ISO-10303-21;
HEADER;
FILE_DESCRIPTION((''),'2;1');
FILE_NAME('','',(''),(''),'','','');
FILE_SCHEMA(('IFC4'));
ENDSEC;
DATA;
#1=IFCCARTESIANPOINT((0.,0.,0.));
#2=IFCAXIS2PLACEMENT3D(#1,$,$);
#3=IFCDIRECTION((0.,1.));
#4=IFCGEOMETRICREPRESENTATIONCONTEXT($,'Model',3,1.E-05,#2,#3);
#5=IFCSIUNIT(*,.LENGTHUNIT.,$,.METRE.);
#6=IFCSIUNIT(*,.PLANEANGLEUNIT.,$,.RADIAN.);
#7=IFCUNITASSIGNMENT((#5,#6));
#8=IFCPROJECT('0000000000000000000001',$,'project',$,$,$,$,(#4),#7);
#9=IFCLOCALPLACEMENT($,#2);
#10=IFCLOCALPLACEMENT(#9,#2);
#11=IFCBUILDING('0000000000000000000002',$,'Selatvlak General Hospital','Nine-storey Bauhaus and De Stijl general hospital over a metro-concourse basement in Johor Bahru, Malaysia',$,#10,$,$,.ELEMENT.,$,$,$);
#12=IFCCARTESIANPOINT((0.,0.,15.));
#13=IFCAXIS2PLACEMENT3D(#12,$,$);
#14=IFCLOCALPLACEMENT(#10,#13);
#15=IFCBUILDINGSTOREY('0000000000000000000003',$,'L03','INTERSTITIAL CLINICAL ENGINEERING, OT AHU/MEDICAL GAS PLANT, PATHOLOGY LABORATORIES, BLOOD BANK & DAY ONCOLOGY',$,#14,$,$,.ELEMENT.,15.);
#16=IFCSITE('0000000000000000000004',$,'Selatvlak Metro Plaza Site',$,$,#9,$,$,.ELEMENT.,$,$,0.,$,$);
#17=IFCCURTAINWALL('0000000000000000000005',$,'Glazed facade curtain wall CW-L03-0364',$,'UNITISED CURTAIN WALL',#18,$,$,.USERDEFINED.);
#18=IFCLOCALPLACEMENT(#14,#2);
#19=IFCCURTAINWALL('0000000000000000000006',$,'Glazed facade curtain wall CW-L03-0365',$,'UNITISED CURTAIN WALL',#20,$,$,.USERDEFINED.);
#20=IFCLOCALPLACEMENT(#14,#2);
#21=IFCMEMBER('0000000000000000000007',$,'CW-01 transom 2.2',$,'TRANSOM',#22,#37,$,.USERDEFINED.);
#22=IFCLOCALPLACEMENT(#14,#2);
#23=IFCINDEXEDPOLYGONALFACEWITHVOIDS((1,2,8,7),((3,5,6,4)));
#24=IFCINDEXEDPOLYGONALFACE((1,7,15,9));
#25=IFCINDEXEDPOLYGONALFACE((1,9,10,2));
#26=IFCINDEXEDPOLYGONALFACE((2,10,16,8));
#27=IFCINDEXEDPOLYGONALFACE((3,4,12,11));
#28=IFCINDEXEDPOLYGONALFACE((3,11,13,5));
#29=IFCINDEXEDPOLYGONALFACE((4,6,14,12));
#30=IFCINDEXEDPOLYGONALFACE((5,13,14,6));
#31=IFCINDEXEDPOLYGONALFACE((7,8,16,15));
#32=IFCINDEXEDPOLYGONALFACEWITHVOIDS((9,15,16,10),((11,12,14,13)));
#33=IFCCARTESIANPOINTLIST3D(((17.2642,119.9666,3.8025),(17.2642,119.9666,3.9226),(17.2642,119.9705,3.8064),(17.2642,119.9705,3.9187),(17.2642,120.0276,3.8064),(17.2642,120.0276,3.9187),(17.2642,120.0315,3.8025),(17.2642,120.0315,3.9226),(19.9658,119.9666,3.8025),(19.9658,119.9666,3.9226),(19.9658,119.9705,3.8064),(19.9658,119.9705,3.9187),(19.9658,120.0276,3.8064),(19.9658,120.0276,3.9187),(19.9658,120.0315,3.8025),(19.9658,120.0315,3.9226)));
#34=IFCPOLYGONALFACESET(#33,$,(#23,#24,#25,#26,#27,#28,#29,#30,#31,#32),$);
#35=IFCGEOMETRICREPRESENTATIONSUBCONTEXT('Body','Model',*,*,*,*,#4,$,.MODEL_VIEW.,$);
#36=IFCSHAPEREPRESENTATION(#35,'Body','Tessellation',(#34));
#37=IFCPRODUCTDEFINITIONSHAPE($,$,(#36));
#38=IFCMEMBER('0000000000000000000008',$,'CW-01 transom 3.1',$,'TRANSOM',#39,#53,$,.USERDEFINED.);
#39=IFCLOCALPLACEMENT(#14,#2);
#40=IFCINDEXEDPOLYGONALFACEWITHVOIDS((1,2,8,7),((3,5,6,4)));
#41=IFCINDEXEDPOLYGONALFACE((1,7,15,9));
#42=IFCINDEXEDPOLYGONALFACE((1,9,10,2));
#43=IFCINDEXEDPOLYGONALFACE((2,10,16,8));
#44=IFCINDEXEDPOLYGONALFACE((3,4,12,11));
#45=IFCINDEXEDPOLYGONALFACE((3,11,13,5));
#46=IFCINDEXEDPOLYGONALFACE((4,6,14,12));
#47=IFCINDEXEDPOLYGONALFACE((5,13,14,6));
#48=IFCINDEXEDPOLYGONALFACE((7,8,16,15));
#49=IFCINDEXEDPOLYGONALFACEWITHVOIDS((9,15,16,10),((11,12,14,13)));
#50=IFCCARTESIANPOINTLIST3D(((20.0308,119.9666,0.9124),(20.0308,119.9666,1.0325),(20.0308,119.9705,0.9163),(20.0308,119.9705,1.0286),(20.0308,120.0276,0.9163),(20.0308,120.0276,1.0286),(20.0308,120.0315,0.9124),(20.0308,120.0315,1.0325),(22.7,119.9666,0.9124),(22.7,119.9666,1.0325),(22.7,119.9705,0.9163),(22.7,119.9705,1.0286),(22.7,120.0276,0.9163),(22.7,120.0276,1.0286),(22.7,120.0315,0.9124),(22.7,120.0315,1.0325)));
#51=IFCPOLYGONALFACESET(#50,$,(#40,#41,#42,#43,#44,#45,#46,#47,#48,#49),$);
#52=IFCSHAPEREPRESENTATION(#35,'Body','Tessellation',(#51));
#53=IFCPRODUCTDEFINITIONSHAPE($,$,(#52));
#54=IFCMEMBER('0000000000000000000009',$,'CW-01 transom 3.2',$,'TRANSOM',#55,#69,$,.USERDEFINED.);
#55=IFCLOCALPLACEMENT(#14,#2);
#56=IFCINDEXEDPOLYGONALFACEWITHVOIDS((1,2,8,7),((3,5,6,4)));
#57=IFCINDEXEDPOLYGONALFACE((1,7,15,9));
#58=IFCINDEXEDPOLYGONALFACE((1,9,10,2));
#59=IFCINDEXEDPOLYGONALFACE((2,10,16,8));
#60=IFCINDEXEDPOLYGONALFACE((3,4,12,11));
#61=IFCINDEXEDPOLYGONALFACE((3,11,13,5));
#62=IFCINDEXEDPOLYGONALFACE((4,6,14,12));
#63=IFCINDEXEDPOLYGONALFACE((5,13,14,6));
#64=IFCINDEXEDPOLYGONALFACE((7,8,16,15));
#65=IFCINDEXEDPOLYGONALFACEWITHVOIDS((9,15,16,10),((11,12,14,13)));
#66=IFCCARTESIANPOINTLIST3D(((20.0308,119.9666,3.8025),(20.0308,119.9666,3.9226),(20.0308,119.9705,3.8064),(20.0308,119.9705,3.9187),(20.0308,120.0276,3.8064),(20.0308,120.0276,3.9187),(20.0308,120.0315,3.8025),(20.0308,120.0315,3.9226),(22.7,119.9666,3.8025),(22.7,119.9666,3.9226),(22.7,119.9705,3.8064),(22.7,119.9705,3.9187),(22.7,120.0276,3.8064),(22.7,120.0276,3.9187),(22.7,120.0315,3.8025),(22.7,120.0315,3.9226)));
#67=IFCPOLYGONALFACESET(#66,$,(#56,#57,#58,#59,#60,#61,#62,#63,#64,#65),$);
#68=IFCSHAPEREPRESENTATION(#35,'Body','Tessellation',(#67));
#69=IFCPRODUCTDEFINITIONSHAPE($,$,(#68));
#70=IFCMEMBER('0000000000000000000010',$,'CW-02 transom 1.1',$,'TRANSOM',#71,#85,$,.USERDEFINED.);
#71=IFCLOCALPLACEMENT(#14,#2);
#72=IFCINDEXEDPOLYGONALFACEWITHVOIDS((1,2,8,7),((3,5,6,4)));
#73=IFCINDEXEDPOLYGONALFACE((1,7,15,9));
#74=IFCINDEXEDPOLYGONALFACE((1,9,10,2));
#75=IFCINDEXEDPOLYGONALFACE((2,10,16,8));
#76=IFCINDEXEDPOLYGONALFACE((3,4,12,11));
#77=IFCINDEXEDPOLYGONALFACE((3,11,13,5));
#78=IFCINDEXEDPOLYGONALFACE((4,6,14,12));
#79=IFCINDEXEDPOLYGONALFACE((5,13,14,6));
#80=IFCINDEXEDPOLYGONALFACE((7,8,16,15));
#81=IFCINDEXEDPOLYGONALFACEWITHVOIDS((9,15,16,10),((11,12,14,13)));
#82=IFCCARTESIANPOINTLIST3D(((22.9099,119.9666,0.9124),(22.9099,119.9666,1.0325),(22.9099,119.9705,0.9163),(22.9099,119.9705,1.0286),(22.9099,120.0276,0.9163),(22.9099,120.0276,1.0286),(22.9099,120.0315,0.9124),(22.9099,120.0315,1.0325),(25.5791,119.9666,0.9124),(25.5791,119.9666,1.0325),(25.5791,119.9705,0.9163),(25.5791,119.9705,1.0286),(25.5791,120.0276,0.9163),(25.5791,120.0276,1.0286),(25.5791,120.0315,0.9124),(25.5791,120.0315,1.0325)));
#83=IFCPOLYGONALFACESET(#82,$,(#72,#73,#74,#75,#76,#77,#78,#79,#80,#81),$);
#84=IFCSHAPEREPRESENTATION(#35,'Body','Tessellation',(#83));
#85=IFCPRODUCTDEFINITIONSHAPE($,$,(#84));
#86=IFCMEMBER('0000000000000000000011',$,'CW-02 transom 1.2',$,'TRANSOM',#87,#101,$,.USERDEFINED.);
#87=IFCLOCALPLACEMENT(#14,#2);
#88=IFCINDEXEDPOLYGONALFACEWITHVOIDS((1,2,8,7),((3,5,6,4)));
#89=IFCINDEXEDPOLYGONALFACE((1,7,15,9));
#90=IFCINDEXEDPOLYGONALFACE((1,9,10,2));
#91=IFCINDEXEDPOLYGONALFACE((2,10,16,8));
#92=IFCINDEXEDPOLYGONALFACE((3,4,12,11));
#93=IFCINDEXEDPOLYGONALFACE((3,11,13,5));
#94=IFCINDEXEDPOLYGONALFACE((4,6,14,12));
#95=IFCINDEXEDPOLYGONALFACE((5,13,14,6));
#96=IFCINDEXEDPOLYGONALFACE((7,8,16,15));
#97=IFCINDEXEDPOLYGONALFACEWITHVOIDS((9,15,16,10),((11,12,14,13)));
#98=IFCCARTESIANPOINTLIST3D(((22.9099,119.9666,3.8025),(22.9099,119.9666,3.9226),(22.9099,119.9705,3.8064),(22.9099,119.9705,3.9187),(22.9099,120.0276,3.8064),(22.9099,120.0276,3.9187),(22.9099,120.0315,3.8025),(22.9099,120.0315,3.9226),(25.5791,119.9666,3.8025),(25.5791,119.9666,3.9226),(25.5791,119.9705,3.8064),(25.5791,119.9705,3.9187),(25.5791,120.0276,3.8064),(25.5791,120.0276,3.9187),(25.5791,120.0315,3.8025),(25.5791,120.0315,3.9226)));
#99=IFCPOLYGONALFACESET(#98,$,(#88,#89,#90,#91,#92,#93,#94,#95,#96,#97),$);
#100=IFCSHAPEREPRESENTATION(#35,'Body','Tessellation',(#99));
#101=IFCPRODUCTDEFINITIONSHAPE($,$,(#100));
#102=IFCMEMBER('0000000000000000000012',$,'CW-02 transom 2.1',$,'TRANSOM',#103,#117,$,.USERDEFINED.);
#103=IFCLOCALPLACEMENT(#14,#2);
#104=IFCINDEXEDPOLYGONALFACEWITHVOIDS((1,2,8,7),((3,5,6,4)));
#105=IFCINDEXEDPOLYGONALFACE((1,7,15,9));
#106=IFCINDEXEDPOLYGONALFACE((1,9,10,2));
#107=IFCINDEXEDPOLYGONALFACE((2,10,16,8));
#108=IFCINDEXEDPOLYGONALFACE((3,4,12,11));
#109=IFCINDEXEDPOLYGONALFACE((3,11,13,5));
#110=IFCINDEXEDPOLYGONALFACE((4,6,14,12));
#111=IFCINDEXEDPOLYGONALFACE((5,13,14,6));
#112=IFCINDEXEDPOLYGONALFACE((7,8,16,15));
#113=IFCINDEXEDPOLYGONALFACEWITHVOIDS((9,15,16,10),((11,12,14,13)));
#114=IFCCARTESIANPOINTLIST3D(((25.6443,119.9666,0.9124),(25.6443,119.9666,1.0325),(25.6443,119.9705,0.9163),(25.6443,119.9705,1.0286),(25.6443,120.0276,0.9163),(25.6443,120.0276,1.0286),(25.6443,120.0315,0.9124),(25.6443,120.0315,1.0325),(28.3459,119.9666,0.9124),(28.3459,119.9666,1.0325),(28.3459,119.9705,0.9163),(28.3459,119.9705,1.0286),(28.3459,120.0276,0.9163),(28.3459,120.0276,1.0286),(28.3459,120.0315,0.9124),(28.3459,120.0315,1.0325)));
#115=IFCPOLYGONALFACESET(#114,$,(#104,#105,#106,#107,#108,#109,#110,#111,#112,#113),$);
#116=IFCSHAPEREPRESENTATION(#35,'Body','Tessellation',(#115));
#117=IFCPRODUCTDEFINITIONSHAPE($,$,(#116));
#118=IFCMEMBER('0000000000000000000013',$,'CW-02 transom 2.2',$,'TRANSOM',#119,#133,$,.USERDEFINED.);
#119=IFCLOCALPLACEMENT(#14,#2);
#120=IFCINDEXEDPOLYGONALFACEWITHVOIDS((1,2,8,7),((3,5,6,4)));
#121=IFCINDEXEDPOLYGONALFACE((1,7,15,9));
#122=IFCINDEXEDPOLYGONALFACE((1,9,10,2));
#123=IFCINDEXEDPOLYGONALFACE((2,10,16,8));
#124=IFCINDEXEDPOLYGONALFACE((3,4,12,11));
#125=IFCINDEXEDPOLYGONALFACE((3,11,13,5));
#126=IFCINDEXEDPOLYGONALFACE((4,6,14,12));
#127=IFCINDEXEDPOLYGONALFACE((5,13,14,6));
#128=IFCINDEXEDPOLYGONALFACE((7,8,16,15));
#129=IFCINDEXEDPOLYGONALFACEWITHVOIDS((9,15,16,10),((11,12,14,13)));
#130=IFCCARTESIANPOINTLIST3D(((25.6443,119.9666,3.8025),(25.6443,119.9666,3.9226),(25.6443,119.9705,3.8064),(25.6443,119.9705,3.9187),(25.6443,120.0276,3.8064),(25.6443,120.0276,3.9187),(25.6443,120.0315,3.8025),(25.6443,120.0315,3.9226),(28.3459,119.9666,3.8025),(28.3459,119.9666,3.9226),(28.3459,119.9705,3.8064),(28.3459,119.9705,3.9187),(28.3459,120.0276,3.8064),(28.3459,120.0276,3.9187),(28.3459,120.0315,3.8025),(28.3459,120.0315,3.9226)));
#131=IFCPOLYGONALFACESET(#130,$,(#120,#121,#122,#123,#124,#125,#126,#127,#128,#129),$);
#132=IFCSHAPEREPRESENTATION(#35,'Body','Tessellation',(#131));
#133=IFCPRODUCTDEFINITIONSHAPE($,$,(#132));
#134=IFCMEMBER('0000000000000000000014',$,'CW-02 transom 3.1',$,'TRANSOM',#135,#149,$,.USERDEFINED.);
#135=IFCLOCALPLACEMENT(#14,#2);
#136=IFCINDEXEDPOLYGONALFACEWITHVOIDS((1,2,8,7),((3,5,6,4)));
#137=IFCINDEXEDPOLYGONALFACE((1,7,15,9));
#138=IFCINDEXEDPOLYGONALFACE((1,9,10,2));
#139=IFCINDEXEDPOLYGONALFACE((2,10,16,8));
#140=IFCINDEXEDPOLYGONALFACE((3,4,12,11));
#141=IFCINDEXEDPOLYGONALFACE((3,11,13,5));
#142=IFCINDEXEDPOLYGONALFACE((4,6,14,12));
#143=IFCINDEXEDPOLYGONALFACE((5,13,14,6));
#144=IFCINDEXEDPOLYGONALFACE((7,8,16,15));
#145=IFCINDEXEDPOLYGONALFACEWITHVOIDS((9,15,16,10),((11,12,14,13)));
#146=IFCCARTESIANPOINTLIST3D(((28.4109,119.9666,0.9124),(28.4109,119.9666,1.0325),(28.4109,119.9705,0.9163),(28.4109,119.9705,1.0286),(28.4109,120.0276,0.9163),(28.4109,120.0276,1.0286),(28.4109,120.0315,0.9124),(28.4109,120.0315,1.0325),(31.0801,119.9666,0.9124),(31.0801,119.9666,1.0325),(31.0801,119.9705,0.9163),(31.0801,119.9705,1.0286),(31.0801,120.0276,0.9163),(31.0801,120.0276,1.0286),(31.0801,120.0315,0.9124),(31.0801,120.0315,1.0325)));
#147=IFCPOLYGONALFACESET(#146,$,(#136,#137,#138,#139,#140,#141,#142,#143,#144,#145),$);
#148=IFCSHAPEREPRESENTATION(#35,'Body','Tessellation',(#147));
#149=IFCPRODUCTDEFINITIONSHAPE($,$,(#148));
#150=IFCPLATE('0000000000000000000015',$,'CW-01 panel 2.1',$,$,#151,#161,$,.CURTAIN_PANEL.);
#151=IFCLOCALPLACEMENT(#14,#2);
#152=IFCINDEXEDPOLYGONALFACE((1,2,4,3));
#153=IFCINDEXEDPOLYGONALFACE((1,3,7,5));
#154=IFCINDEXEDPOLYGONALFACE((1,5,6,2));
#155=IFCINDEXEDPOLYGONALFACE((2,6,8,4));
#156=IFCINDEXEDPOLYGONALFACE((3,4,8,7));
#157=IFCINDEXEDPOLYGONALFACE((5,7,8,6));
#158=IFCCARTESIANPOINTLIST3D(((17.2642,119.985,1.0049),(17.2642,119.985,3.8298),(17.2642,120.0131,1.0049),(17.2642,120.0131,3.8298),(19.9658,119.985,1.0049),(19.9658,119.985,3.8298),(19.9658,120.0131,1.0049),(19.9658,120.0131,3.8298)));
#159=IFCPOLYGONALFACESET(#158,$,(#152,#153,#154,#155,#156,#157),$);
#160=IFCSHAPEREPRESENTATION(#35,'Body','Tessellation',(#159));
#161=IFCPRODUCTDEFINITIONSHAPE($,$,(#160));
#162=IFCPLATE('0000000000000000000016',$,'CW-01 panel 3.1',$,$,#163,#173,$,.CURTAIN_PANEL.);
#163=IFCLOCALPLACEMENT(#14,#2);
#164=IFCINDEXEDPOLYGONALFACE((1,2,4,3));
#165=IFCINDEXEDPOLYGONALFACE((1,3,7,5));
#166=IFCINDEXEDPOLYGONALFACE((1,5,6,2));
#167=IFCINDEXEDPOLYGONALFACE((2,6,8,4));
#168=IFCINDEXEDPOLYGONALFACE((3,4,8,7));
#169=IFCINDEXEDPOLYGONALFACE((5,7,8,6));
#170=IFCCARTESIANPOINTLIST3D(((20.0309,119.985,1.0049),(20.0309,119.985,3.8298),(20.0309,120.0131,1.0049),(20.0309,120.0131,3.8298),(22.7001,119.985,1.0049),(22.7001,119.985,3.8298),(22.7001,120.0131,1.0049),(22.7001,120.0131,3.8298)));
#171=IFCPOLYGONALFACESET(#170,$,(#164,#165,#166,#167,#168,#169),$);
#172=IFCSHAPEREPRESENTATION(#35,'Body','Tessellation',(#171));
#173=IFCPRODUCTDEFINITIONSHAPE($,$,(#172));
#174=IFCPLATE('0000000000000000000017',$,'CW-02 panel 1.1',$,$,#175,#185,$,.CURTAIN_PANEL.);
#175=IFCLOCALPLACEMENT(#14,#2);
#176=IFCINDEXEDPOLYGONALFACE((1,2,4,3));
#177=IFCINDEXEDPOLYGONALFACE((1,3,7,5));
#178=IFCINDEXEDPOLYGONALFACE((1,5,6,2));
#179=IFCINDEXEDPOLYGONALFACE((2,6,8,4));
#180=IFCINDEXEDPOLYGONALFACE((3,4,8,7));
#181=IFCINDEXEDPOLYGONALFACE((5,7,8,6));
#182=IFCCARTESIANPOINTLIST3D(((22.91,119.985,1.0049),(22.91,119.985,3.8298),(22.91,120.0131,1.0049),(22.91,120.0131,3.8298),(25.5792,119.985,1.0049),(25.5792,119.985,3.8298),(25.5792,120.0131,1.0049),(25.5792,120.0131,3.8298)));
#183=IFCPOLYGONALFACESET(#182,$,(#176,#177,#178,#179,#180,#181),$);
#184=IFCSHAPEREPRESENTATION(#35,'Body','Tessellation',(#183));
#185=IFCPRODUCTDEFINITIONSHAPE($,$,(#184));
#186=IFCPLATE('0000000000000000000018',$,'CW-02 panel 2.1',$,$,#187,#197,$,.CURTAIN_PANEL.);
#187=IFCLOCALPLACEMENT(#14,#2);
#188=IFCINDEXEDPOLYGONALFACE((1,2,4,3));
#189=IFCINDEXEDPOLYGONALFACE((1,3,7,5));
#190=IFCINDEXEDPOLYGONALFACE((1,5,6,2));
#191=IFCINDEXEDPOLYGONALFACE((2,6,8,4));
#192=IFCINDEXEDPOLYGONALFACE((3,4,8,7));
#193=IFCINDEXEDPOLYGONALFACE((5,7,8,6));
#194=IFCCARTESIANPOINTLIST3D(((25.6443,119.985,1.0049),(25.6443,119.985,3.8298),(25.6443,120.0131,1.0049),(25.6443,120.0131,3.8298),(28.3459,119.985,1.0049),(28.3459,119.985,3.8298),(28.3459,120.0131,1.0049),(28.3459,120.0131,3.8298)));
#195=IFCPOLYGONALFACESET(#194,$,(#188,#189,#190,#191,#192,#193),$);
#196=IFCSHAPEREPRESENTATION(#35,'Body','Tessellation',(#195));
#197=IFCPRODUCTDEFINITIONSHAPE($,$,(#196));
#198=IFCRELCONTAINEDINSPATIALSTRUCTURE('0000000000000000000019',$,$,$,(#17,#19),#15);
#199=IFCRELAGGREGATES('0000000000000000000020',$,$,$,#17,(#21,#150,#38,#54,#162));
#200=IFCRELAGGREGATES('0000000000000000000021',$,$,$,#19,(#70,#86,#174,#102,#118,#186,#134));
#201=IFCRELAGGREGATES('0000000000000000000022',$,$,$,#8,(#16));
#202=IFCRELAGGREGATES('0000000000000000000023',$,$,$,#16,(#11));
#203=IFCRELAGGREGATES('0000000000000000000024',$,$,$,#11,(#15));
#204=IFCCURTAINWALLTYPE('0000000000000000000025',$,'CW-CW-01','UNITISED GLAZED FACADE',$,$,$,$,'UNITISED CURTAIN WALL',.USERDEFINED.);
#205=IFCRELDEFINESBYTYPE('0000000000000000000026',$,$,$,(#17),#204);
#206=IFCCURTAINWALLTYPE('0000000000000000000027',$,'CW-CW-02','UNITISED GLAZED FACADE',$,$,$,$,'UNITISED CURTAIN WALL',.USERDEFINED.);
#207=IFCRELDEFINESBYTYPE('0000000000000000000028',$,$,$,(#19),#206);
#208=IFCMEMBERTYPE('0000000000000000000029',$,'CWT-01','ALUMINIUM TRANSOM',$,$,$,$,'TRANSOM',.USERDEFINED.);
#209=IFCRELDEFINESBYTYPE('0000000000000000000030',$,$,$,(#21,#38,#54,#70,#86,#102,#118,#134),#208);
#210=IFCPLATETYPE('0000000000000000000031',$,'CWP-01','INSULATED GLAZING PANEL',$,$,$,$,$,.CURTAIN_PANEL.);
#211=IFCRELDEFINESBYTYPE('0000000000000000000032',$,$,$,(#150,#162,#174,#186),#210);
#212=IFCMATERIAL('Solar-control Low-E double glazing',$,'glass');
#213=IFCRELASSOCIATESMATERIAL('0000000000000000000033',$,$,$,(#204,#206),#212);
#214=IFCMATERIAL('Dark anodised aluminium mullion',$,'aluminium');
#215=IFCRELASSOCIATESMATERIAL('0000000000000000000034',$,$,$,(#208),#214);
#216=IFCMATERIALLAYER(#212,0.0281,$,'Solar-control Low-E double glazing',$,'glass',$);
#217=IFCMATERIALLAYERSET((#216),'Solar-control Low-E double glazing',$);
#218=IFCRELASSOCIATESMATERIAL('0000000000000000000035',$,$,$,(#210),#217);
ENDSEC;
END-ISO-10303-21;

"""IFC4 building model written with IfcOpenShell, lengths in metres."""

from ifc_helpers import new_model, si_unit, direction, frame, origin, origin_2d, place, context, subcontext, project, spatial, rectangle, hollow_rectangle, extrude, material, layer, layer_set, material_profile, profile_set, type_object, element, aggregate, save


model = new_model("IFC4")

# Units and contexts
model_context = context("Model", 3, precision=1e-05, world=origin(), true_north=direction((0.0, 1.0)))
body_context = subcontext(model_context, "Body", "Model", "MODEL_VIEW")
ifc_project = project(units=[si_unit("LENGTHUNIT", "METRE"), si_unit("PLANEANGLEUNIT", "RADIAN")], contexts=[model_context])

# Site, building, storey
site_placement = place(None, origin())
site = spatial("IfcSite", under=ifc_project, at=site_placement, Name="Selatvlak Metro Plaza Site", CompositionType="ELEMENT", RefElevation=0.0)
building_placement = place(site_placement, origin())
building = spatial("IfcBuilding", under=site, at=building_placement, Name="Selatvlak General Hospital", Description="Nine-storey Bauhaus and De Stijl general hospital over a metro-concourse basement in Johor Bahru, Malaysia", CompositionType="ELEMENT")
storey_placement = place(building_placement, frame((0.0, 0.0, 15.0)))
storey = spatial("IfcBuildingStorey", under=building, at=storey_placement, Name="L03", Description="INTERSTITIAL CLINICAL ENGINEERING, OT AHU/MEDICAL GAS PLANT, PATHOLOGY LABORATORIES, BLOOD BANK & DAY ONCOLOGY", CompositionType="ELEMENT", Elevation=15.0)

# Curtain walls
ifc_material_1 = material(Name="Solar-control Low-E double glazing", Category="glass")
curtain_wall_type_1 = type_object("IfcCurtainWallType", Name="CW-CW-01", Description="UNITISED GLAZED FACADE", ElementType="UNITISED CURTAIN WALL", PredefinedType="USERDEFINED", material=ifc_material_1)
curtain_wall_1_placement = place(storey_placement, origin())
curtain_wall_1 = element("IfcCurtainWall", 1, at=curtain_wall_1_placement, inside=storey, type_object=curtain_wall_type_1, Name="Glazed facade curtain wall CW-L03-0364", ObjectType="UNITISED CURTAIN WALL", PredefinedType="USERDEFINED")
ifc_material_2 = material(Name="Dark anodised aluminium mullion", Category="aluminium")
curtain_wall_type_2 = type_object("IfcCurtainWallType", Name="CW-CW-02", Description="UNITISED GLAZED FACADE", ElementType="UNITISED CURTAIN WALL", PredefinedType="USERDEFINED", material=ifc_material_1)
curtain_wall_2_placement = place(storey_placement, origin())
curtain_wall_2 = element("IfcCurtainWall", 2, at=curtain_wall_2_placement, inside=storey, type_object=curtain_wall_type_2, Name="Glazed facade curtain wall CW-L03-0365", ObjectType="UNITISED CURTAIN WALL", PredefinedType="USERDEFINED")

# Members
ifc_material_profile_1 = material_profile(ifc_material_2, hollow_rectangle(XDim=0.0649, YDim=0.1201, WallThickness=0.0039, at=origin_2d()), Name="AL-TRN 65x120x4")
ifc_profile_set_1 = profile_set([ifc_material_profile_1], Name="Dark anodised aluminium mullion")
member_type_1 = type_object("IfcMemberType", Name="CWT-01", Description="ALUMINIUM TRANSOM", ElementType="TRANSOM", PredefinedType="USERDEFINED", material=ifc_profile_set_1)
member_1_placement = place(storey_placement, frame((17.2642, 119.999, 3.8625), z_axis=(1.0, 0.0, 0.0), x_axis=(0.0, 1.0, 0.0)))
member_1 = element("IfcMember", 3, at=member_1_placement, type_object=member_type_1, Name="CW-01 transom 2.2", ObjectType="TRANSOM", PredefinedType="USERDEFINED", context=body_context, shape_type="SweptSolid", body=[
    extrude(hollow_rectangle(XDim=0.0649, YDim=0.1201, WallThickness=0.0039, at=origin_2d()), origin(), (0.0, 0.0, 1.0), 2.7017),
])
member_2_placement = place(storey_placement, frame((20.0308, 119.999, 0.9724), z_axis=(1.0, 0.0, 0.0), x_axis=(0.0, 1.0, 0.0)))
member_2 = element("IfcMember", 4, at=member_2_placement, type_object=member_type_1, Name="CW-01 transom 3.1", ObjectType="TRANSOM", PredefinedType="USERDEFINED", context=body_context, shape_type="SweptSolid", body=[
    extrude(hollow_rectangle(XDim=0.0649, YDim=0.1201, WallThickness=0.0039, at=origin_2d()), origin(), (0.0, 0.0, 1.0), 2.6692),
])
member_3_placement = place(storey_placement, frame((20.0308, 119.999, 3.8625), z_axis=(1.0, 0.0, 0.0), x_axis=(0.0, 1.0, 0.0)))
member_3 = element("IfcMember", 5, at=member_3_placement, type_object=member_type_1, Name="CW-01 transom 3.2", ObjectType="TRANSOM", PredefinedType="USERDEFINED", context=body_context, shape_type="SweptSolid", body=[
    extrude(hollow_rectangle(XDim=0.0649, YDim=0.1201, WallThickness=0.0039, at=origin_2d()), origin(), (0.0, 0.0, 1.0), 2.6692),
])
member_4_placement = place(storey_placement, frame((22.9099, 119.999, 0.9724), z_axis=(1.0, 0.0, 0.0), x_axis=(0.0, 1.0, 0.0)))
member_4 = element("IfcMember", 6, at=member_4_placement, type_object=member_type_1, Name="CW-02 transom 1.1", ObjectType="TRANSOM", PredefinedType="USERDEFINED", context=body_context, shape_type="SweptSolid", body=[
    extrude(hollow_rectangle(XDim=0.0649, YDim=0.1201, WallThickness=0.0039, at=origin_2d()), origin(), (0.0, 0.0, 1.0), 2.6692),
])
member_5_placement = place(storey_placement, frame((22.9099, 119.999, 3.8625), z_axis=(1.0, 0.0, 0.0), x_axis=(0.0, 1.0, 0.0)))
member_5 = element("IfcMember", 7, at=member_5_placement, type_object=member_type_1, Name="CW-02 transom 1.2", ObjectType="TRANSOM", PredefinedType="USERDEFINED", context=body_context, shape_type="SweptSolid", body=[
    extrude(hollow_rectangle(XDim=0.0649, YDim=0.1201, WallThickness=0.0039, at=origin_2d()), origin(), (0.0, 0.0, 1.0), 2.6692),
])
member_6_placement = place(storey_placement, frame((25.6443, 119.999, 0.9724), z_axis=(1.0, 0.0, 0.0), x_axis=(0.0, 1.0, 0.0)))
member_6 = element("IfcMember", 8, at=member_6_placement, type_object=member_type_1, Name="CW-02 transom 2.1", ObjectType="TRANSOM", PredefinedType="USERDEFINED", context=body_context, shape_type="SweptSolid", body=[
    extrude(hollow_rectangle(XDim=0.0649, YDim=0.1201, WallThickness=0.0039, at=origin_2d()), origin(), (0.0, 0.0, 1.0), 2.7017),
])
member_7_placement = place(storey_placement, frame((25.6443, 119.999, 3.8625), z_axis=(1.0, 0.0, 0.0), x_axis=(0.0, 1.0, 0.0)))
member_7 = element("IfcMember", 9, at=member_7_placement, type_object=member_type_1, Name="CW-02 transom 2.2", ObjectType="TRANSOM", PredefinedType="USERDEFINED", context=body_context, shape_type="SweptSolid", body=[
    extrude(hollow_rectangle(XDim=0.0649, YDim=0.1201, WallThickness=0.0039, at=origin_2d()), origin(), (0.0, 0.0, 1.0), 2.7017),
])
member_8_placement = place(storey_placement, frame((28.4109, 119.999, 0.9724), z_axis=(1.0, 0.0, 0.0), x_axis=(0.0, 1.0, 0.0)))
member_8 = element("IfcMember", 10, at=member_8_placement, type_object=member_type_1, Name="CW-02 transom 3.1", ObjectType="TRANSOM", PredefinedType="USERDEFINED", context=body_context, shape_type="SweptSolid", body=[
    extrude(hollow_rectangle(XDim=0.0649, YDim=0.1201, WallThickness=0.0039, at=origin_2d()), origin(), (0.0, 0.0, 1.0), 2.6692),
])

# Plates
ifc_layer_1 = layer(ifc_material_1, 0.0281, Name="Solar-control Low-E double glazing", Category="glass")
ifc_layer_set_1 = layer_set([ifc_layer_1], Name="Solar-control Low-E double glazing")
plate_type = type_object("IfcPlateType", Name="CWP-01", Description="INSULATED GLAZING PANEL", PredefinedType="CURTAIN_PANEL", material=ifc_layer_set_1)
plate_1_placement = place(storey_placement, frame((18.615, 119.999, 1.0049), z_axis=(0.0, 0.0, 1.0), x_axis=(1.0, 0.0, 0.0)))
plate_1 = element("IfcPlate", 11, at=plate_1_placement, type_object=plate_type, Name="CW-01 panel 2.1", PredefinedType="CURTAIN_PANEL", context=body_context, shape_type="SweptSolid", body=[
    extrude(rectangle(XDim=2.7017, YDim=0.0281, at=origin_2d()), origin(), (0.0, 0.0, 1.0), 2.825),
])
plate_2_placement = place(storey_placement, frame((21.3655, 119.999, 1.0049), z_axis=(0.0, 0.0, 1.0), x_axis=(1.0, 0.0, 0.0)))
plate_2 = element("IfcPlate", 12, at=plate_2_placement, type_object=plate_type, Name="CW-01 panel 3.1", PredefinedType="CURTAIN_PANEL", context=body_context, shape_type="SweptSolid", body=[
    extrude(rectangle(XDim=2.6692, YDim=0.0281, at=origin_2d()), origin(), (0.0, 0.0, 1.0), 2.825),
])
aggregate(curtain_wall_1, [member_1, plate_1, member_2, member_3, plate_2])
plate_3_placement = place(storey_placement, frame((24.2446, 119.999, 1.0049), z_axis=(0.0, 0.0, 1.0), x_axis=(1.0, 0.0, 0.0)))
plate_3 = element("IfcPlate", 13, at=plate_3_placement, type_object=plate_type, Name="CW-02 panel 1.1", PredefinedType="CURTAIN_PANEL", context=body_context, shape_type="SweptSolid", body=[
    extrude(rectangle(XDim=2.6692, YDim=0.0281, at=origin_2d()), origin(), (0.0, 0.0, 1.0), 2.825),
])
plate_4_placement = place(storey_placement, frame((26.9951, 119.999, 1.0049), z_axis=(0.0, 0.0, 1.0), x_axis=(1.0, 0.0, 0.0)))
plate_4 = element("IfcPlate", 14, at=plate_4_placement, type_object=plate_type, Name="CW-02 panel 2.1", PredefinedType="CURTAIN_PANEL", context=body_context, shape_type="SweptSolid", body=[
    extrude(rectangle(XDim=2.7017, YDim=0.0281, at=origin_2d()), origin(), (0.0, 0.0, 1.0), 2.825),
])
aggregate(curtain_wall_2, [member_4, member_5, plate_3, member_6, member_7, plate_4, member_8])

save(model, "model.ifc")
